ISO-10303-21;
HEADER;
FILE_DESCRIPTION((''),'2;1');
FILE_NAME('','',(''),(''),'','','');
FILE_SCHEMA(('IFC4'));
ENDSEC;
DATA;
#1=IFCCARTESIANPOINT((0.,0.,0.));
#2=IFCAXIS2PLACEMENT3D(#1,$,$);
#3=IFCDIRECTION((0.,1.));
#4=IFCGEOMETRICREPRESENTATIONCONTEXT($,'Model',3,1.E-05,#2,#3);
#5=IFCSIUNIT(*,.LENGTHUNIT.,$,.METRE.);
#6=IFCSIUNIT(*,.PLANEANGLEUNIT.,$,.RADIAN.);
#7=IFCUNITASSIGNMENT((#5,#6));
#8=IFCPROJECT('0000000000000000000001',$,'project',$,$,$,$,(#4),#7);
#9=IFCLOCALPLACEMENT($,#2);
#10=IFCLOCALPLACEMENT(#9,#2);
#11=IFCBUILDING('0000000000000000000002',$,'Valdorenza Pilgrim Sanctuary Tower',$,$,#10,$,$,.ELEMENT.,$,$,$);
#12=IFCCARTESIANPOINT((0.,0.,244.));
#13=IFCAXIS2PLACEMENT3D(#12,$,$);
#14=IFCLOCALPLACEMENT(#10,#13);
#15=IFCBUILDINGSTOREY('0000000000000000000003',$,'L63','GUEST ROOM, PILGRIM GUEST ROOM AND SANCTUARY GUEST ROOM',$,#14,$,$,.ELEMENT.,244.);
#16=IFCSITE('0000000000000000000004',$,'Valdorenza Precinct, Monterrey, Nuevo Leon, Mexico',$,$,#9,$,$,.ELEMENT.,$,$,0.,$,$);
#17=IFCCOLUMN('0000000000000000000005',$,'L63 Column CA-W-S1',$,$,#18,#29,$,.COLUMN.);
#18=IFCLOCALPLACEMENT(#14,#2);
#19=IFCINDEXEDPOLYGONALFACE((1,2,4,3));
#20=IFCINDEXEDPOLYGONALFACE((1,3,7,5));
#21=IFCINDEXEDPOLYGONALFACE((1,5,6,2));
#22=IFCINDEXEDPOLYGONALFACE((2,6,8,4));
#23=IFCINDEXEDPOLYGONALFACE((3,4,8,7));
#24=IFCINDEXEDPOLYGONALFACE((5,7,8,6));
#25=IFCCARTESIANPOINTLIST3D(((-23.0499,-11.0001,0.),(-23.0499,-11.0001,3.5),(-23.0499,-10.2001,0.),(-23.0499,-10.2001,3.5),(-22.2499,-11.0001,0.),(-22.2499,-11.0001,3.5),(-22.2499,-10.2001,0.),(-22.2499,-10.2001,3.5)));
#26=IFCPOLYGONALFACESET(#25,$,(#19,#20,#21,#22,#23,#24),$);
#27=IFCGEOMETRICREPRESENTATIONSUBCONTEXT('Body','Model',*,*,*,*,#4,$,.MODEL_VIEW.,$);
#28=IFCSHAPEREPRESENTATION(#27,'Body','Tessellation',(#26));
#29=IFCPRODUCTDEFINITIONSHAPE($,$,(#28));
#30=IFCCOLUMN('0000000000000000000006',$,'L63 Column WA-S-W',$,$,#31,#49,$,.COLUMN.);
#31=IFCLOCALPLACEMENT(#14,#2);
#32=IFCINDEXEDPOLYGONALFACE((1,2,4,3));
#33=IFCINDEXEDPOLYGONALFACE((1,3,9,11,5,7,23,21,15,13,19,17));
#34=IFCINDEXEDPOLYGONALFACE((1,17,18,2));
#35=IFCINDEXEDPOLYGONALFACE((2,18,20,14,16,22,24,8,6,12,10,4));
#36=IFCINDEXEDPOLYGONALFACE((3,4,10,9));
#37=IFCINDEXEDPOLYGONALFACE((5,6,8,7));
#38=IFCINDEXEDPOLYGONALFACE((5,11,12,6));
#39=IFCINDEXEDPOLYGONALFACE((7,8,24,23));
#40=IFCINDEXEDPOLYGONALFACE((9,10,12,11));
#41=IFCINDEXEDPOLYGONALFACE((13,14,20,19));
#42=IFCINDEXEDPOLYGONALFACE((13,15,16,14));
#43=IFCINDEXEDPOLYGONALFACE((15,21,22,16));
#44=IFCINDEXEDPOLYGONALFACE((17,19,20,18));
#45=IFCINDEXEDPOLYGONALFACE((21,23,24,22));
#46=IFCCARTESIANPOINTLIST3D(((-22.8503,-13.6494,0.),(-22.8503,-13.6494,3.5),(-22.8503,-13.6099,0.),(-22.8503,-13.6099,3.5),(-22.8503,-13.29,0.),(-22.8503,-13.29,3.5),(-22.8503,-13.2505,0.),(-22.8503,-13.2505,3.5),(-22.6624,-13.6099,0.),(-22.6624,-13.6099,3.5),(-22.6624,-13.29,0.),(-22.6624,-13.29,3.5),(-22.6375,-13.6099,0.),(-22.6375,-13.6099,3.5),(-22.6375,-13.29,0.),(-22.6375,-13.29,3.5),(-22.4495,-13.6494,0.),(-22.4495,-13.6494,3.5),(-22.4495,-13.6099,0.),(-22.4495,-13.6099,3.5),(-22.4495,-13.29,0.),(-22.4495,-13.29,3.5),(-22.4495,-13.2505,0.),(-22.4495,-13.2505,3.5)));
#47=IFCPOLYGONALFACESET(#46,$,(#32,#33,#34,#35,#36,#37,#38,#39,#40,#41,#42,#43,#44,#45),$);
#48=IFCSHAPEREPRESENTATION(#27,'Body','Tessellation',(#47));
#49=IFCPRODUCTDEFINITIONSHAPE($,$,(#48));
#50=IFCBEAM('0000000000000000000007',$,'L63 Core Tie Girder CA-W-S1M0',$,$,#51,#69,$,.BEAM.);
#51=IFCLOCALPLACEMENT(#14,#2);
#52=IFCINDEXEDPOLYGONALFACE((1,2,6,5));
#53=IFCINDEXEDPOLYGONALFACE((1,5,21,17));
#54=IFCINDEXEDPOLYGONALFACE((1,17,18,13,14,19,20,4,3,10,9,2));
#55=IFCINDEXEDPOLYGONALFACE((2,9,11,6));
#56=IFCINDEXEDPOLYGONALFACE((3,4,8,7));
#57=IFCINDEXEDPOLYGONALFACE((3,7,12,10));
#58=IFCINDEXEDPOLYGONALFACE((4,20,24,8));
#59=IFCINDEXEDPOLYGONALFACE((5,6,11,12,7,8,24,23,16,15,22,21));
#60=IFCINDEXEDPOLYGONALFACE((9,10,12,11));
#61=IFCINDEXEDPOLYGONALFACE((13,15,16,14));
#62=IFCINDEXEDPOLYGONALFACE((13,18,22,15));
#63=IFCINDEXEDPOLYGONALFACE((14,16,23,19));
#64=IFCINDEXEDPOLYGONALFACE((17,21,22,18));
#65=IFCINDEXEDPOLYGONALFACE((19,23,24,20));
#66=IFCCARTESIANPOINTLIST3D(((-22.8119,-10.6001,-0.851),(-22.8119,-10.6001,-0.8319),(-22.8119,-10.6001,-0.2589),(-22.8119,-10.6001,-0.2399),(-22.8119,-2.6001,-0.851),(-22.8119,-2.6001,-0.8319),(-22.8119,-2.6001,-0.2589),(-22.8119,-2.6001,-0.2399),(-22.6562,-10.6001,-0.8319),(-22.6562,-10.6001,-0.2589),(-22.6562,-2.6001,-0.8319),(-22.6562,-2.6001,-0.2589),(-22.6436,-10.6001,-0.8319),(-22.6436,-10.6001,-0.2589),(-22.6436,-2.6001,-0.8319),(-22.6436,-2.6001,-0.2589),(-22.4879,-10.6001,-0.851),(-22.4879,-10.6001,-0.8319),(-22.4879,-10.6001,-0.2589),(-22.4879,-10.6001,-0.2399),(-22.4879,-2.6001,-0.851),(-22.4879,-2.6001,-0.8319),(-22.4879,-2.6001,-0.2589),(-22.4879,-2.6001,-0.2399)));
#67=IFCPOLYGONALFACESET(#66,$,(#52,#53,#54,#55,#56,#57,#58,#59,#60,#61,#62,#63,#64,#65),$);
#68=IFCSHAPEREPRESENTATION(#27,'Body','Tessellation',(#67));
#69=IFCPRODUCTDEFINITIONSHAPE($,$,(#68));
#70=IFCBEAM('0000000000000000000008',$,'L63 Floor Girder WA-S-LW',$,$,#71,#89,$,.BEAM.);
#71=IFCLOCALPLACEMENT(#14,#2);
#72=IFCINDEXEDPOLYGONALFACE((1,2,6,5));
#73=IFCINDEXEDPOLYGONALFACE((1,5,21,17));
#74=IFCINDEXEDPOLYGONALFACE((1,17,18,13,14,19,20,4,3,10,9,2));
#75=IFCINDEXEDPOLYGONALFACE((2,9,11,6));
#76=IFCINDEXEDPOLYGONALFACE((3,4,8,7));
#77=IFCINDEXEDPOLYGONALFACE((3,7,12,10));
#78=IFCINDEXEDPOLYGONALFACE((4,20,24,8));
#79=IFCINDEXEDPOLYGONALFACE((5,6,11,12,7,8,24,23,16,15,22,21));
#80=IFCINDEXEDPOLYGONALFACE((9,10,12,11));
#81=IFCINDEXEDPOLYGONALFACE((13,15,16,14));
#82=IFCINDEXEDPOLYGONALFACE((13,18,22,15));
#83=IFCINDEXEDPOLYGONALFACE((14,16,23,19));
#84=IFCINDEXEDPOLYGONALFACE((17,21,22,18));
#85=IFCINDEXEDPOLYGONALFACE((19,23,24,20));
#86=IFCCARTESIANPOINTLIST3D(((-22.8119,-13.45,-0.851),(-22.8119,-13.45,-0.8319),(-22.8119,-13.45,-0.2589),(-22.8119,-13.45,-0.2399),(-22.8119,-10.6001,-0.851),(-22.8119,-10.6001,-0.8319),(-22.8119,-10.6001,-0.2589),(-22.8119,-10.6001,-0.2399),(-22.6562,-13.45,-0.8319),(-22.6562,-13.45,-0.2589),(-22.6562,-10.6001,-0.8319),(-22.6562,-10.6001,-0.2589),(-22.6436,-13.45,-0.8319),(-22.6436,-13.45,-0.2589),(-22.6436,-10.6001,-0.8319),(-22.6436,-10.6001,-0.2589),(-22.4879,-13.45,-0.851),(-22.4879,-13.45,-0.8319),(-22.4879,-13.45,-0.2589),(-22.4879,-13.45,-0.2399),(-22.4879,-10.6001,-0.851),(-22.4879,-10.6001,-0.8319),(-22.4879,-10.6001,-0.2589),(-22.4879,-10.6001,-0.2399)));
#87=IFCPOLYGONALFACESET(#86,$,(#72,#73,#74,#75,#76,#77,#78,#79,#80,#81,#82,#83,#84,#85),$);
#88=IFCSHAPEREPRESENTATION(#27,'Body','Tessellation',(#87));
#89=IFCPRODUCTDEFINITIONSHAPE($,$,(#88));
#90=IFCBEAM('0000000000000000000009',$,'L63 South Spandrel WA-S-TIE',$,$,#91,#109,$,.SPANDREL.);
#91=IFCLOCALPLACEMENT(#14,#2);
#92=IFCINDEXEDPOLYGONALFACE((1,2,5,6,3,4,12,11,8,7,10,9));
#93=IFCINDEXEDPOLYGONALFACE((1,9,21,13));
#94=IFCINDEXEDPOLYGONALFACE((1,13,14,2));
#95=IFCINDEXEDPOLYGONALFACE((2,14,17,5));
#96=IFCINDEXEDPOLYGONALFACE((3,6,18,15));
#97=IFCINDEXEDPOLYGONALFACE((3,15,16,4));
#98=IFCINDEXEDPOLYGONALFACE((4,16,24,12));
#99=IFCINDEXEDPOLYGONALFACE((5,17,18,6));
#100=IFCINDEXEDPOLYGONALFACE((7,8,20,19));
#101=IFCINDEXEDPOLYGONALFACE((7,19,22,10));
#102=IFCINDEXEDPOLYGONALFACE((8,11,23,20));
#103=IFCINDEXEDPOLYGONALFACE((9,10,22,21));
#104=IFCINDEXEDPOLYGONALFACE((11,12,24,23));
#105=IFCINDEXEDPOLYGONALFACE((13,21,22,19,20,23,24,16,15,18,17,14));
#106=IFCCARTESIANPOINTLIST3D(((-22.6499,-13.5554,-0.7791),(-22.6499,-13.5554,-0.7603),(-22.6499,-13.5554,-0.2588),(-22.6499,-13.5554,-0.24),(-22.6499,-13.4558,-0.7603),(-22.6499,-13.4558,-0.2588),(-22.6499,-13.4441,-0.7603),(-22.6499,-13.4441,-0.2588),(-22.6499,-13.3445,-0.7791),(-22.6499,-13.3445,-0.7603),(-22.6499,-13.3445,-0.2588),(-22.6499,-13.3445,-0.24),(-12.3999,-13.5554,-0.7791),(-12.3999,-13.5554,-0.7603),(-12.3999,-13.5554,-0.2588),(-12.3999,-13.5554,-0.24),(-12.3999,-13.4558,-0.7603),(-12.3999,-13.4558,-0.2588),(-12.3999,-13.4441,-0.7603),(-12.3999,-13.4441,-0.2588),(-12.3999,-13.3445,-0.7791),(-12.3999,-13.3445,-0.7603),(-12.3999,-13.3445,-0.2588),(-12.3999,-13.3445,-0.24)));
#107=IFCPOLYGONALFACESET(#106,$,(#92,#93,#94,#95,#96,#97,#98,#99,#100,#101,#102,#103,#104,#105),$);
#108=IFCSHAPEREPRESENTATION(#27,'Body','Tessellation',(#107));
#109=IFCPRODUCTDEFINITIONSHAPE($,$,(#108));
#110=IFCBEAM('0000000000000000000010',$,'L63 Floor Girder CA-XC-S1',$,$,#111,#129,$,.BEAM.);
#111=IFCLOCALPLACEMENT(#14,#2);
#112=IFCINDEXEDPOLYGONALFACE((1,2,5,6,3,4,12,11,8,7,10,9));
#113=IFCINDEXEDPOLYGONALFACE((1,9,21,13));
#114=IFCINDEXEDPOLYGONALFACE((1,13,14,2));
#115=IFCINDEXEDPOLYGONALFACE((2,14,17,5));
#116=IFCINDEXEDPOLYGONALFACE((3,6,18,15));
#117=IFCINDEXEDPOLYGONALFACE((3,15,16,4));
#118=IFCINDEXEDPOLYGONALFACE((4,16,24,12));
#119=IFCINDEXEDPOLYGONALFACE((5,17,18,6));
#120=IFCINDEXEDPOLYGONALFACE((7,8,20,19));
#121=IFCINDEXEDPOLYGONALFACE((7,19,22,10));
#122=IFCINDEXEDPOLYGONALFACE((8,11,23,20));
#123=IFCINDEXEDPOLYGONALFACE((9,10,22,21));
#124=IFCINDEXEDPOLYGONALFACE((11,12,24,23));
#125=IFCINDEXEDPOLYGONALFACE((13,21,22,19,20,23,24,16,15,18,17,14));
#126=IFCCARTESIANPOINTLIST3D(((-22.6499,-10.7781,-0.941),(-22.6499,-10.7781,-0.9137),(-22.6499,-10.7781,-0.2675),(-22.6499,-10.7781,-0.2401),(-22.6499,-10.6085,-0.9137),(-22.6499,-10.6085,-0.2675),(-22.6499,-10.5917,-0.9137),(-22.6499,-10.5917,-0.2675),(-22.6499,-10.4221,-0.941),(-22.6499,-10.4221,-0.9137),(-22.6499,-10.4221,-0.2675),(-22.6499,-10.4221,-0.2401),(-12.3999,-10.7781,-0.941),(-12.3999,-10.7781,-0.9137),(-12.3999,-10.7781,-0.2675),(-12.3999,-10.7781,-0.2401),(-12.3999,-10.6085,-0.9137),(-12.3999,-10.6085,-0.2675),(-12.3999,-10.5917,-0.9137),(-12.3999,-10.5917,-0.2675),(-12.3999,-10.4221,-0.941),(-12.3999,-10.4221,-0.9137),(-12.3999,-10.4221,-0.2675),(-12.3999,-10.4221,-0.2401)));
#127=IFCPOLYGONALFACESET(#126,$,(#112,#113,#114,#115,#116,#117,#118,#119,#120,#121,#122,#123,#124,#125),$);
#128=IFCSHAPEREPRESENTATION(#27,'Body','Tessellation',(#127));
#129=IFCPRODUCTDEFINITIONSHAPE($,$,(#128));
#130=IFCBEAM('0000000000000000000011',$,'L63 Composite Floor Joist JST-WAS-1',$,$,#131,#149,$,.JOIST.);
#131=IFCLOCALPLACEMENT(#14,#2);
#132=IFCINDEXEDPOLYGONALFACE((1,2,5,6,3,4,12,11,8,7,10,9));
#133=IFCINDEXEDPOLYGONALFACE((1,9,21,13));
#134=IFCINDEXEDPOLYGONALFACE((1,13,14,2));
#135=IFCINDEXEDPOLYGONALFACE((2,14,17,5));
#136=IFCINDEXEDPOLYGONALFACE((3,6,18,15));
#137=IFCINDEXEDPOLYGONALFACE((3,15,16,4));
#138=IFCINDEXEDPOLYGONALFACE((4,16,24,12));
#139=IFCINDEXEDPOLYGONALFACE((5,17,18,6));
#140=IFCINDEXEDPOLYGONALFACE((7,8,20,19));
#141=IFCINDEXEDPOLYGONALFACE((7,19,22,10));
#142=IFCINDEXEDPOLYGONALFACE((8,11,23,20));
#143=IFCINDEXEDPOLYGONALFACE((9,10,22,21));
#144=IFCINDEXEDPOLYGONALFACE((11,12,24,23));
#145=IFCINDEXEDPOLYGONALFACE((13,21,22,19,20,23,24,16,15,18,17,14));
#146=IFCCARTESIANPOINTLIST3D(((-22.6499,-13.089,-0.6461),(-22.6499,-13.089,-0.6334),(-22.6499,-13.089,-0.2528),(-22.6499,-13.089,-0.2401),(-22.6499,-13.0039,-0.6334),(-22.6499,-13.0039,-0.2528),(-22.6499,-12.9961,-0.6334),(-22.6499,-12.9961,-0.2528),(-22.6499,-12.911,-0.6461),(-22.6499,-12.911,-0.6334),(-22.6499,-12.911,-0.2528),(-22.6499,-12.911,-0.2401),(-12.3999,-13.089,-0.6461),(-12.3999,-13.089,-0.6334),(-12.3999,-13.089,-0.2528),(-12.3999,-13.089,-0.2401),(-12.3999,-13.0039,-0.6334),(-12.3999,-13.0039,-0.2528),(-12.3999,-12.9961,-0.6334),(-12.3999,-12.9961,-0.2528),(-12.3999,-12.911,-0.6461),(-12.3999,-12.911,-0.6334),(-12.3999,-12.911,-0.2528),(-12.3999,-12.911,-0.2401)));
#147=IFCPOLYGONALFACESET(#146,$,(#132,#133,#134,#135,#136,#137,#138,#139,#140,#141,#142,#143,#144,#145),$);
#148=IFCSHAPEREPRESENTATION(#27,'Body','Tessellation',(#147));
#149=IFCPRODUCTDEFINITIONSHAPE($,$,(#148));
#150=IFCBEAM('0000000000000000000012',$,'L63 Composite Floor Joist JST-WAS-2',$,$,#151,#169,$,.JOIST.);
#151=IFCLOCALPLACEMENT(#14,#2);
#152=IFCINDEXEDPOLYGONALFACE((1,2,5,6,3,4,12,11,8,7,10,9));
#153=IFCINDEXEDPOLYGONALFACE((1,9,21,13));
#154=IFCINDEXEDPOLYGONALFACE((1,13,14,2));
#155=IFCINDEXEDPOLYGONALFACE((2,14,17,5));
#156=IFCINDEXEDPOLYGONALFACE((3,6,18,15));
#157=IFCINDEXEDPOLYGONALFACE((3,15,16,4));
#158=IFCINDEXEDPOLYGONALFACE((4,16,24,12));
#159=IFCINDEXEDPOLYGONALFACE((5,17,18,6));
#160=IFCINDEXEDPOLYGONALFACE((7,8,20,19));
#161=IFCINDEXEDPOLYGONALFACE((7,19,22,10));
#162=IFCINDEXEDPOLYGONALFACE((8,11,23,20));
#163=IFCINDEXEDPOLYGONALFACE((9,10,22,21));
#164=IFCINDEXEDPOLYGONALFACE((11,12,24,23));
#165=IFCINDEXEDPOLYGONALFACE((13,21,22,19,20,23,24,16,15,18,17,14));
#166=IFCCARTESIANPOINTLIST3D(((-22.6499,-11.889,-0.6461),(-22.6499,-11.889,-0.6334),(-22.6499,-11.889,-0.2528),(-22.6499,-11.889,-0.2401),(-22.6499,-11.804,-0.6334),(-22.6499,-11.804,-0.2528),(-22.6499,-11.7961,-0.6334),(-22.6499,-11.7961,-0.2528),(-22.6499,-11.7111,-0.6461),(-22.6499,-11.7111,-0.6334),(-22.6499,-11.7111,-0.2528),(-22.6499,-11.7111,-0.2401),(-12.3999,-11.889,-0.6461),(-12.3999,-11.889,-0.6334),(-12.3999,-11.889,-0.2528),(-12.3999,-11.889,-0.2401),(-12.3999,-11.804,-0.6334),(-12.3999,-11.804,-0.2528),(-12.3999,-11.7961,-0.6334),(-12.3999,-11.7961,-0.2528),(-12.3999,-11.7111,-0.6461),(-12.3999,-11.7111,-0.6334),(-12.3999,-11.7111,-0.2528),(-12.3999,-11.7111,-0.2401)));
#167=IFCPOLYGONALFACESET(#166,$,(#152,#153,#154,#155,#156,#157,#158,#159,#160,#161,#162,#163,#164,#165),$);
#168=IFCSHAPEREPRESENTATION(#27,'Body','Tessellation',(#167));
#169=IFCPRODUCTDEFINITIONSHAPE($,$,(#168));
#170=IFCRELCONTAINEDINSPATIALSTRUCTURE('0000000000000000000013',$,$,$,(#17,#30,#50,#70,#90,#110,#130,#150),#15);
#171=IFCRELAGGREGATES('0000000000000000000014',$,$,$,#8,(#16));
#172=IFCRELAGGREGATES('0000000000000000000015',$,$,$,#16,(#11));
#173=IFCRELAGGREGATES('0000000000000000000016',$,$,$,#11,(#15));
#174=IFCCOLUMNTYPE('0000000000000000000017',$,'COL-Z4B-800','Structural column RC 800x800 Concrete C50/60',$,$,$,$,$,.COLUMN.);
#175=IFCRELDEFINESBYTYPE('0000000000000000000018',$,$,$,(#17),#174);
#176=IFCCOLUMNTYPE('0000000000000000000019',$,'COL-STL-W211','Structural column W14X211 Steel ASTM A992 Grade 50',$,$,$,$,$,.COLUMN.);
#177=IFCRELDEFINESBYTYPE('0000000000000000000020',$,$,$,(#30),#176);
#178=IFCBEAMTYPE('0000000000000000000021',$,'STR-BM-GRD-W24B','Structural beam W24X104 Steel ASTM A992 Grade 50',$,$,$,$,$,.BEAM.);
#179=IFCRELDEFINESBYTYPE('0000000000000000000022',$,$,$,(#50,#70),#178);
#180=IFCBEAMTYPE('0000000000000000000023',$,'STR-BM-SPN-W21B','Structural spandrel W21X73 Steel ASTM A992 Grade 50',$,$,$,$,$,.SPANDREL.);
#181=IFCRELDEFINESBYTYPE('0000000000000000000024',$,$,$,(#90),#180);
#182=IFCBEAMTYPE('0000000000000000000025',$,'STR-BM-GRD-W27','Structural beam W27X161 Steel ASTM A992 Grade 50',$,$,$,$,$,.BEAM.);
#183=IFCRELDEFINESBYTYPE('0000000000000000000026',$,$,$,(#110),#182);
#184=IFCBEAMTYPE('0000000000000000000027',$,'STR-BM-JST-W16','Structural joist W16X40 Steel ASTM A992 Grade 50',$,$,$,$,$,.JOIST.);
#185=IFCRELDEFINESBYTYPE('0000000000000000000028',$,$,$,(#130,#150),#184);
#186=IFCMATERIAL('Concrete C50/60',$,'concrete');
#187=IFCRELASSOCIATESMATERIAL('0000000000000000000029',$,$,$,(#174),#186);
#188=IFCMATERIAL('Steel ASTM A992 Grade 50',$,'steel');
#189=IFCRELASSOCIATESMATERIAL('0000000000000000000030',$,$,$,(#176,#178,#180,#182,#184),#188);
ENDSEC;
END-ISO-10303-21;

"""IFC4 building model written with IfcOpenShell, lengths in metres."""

from ifc_helpers import new_model, si_unit, direction, frame, origin, origin_2d, place, context, subcontext, project, spatial, rectangle, i_section, extrude, source, transform, mapped, material, material_profile, profile_set, type_object, element, save


model = new_model("IFC4")

# Units and contexts
model_context = context("Model", 3, precision=1e-05, world=origin(), true_north=direction((0.0, 1.0)))
body_context = subcontext(model_context, "Body", "Model", "MODEL_VIEW")
ifc_project = project(units=[si_unit("LENGTHUNIT", "METRE"), si_unit("PLANEANGLEUNIT", "RADIAN")], contexts=[model_context])

# Site, building, storey
site_placement = place(None, origin())
site = spatial("IfcSite", under=ifc_project, at=site_placement, Name="Valdorenza Precinct, Monterrey, Nuevo Leon, Mexico", CompositionType="ELEMENT", RefElevation=0.0)
building_placement = place(site_placement, origin())
building = spatial("IfcBuilding", under=site, at=building_placement, Name="Valdorenza Pilgrim Sanctuary Tower", CompositionType="ELEMENT")
storey_placement = place(building_placement, frame((0.0, 0.0, 244.0)))
storey = spatial("IfcBuildingStorey", under=building, at=storey_placement, Name="L63", Description="GUEST ROOM, PILGRIM GUEST ROOM AND SANCTUARY GUEST ROOM", CompositionType="ELEMENT", Elevation=244.0)

# Columns
ifc_material_1 = material(Name="Concrete C50/60", Category="concrete")
ifc_material_profile_1 = material_profile(ifc_material_1, rectangle(XDim=0.8, YDim=0.8, at=origin_2d()), Name="RC 800x800")
ifc_profile_set_1 = profile_set([ifc_material_profile_1], Name="Concrete C50/60")
column_type_1 = type_object("IfcColumnType", Name="COL-Z4B-800", Description="Structural column RC 800x800 Concrete C50/60", PredefinedType="COLUMN", material=ifc_profile_set_1)
shared_shape_1 = source(origin(), body_context, "Body", "SweptSolid", [
    extrude(rectangle(XDim=0.8, YDim=0.8, at=origin_2d()), origin(), (0.0, 0.0, 1.0), 3.5),
])
column_1_placement = place(storey_placement, frame((-22.6499, -10.6001, 0.0), z_axis=(0.0, 0.0, 1.0), x_axis=(1.0, 0.0, 0.0)))
element("IfcColumn", 1, at=column_1_placement, inside=storey, type_object=column_type_1, Name="L63 Column CA-W-S1", PredefinedType="COLUMN", context=body_context, shape_type="MappedRepresentation", body=[
    mapped(shared_shape_1, transform((0.0, 0.0, 0.0), x_axis=(1.0, 0.0, 0.0), y_axis=(0.0, 1.0, 0.0), z_axis=(0.0, 0.0, 1.0), scale=1.0)),
])
ifc_material_2 = material(Name="Steel ASTM A992 Grade 50", Category="steel")
ifc_material_profile_2 = material_profile(ifc_material_2, i_section(OverallWidth=0.4009, OverallDepth=0.3989, WebThickness=0.0249, FlangeThickness=0.0396, at=origin_2d()), Name="W14X211")
ifc_profile_set_2 = profile_set([ifc_material_profile_2], Name="Steel ASTM A992 Grade 50")
column_type_2 = type_object("IfcColumnType", Name="COL-STL-W211", Description="Structural column W14X211 Steel ASTM A992 Grade 50", PredefinedType="COLUMN", material=ifc_profile_set_2)
shared_shape_2 = source(origin(), body_context, "Body", "SweptSolid", [
    extrude(i_section(OverallWidth=0.4009, OverallDepth=0.3989, WebThickness=0.0249, FlangeThickness=0.0396, at=origin_2d()), origin(), (0.0, 0.0, 1.0), 3.5),
])
column_2_placement = place(storey_placement, frame((-22.6499, -13.45, 0.0), z_axis=(0.0, 0.0, 1.0), x_axis=(1.0, 0.0, 0.0)))
element("IfcColumn", 2, at=column_2_placement, inside=storey, type_object=column_type_2, Name="L63 Column WA-S-W", PredefinedType="COLUMN", context=body_context, shape_type="MappedRepresentation", body=[
    mapped(shared_shape_2, transform((0.0, 0.0, 0.0), x_axis=(1.0, 0.0, 0.0), y_axis=(0.0, 1.0, 0.0), z_axis=(0.0, 0.0, 1.0), scale=1.0)),
])

# Beams
ifc_material_profile_3 = material_profile(ifc_material_2, i_section(OverallWidth=0.324, OverallDepth=0.6111, WebThickness=0.0127, FlangeThickness=0.019, at=origin_2d()), Name="W24X104")
ifc_profile_set_3 = profile_set([ifc_material_profile_3], Name="Steel ASTM A992 Grade 50")
beam_type_1 = type_object("IfcBeamType", Name="STR-BM-GRD-W24B", Description="Structural beam W24X104 Steel ASTM A992 Grade 50", PredefinedType="BEAM", material=ifc_profile_set_3)
shared_shape_3 = source(origin(), body_context, "Body", "SweptSolid", [
    extrude(i_section(OverallWidth=0.324, OverallDepth=0.6111, WebThickness=0.0127, FlangeThickness=0.019, at=origin_2d()), origin(), (0.0, 0.0, 1.0), 8.0),
])
beam_1_placement = place(storey_placement, frame((-22.6499, -10.6001, -0.5454), z_axis=(0.0, 1.0, 0.0), x_axis=(-1.0, 0.0, 0.0)))
element("IfcBeam", 3, at=beam_1_placement, inside=storey, type_object=beam_type_1, Name="L63 Core Tie Girder CA-W-S1M0", PredefinedType="BEAM", context=body_context, shape_type="MappedRepresentation", body=[
    mapped(shared_shape_3, transform((0.0, 0.0, 0.0), x_axis=(1.0, 0.0, 0.0), y_axis=(0.0, 1.0, 0.0), z_axis=(0.0, 0.0, 1.0), scale=1.0)),
])
shared_shape_4 = source(origin(), body_context, "Body", "SweptSolid", [
    extrude(i_section(OverallWidth=0.324, OverallDepth=0.6111, WebThickness=0.0127, FlangeThickness=0.019, at=origin_2d()), origin(), (0.0, 0.0, 1.0), 2.8499),
])
beam_2_placement = place(storey_placement, frame((-22.6499, -13.45, -0.5454), z_axis=(0.0, 1.0, 0.0), x_axis=(-1.0, 0.0, 0.0)))
element("IfcBeam", 4, at=beam_2_placement, inside=storey, type_object=beam_type_1, Name="L63 Floor Girder WA-S-LW", PredefinedType="BEAM", context=body_context, shape_type="MappedRepresentation", body=[
    mapped(shared_shape_4, transform((0.0, 0.0, 0.0), x_axis=(1.0, 0.0, 0.0), y_axis=(0.0, 1.0, 0.0), z_axis=(0.0, 0.0, 1.0), scale=1.0)),
])
ifc_material_profile_4 = material_profile(ifc_material_2, i_section(OverallWidth=0.2109, OverallDepth=0.5391, WebThickness=0.0117, FlangeThickness=0.0188, at=origin_2d()), Name="W21X73")
ifc_profile_set_4 = profile_set([ifc_material_profile_4], Name="Steel ASTM A992 Grade 50")
beam_type_2 = type_object("IfcBeamType", Name="STR-BM-SPN-W21B", Description="Structural spandrel W21X73 Steel ASTM A992 Grade 50", PredefinedType="SPANDREL", material=ifc_profile_set_4)
shared_shape_5 = source(origin(), body_context, "Body", "SweptSolid", [
    extrude(i_section(OverallWidth=0.2109, OverallDepth=0.5391, WebThickness=0.0117, FlangeThickness=0.0188, at=origin_2d()), origin(), (0.0, 0.0, 1.0), 10.25),
])
beam_3_placement = place(storey_placement, frame((-22.6499, -13.45, -0.5095), z_axis=(1.0, 0.0, 0.0), x_axis=(0.0, 1.0, 0.0)))
element("IfcBeam", 5, at=beam_3_placement, inside=storey, type_object=beam_type_2, Name="L63 South Spandrel WA-S-TIE", PredefinedType="SPANDREL", context=body_context, shape_type="MappedRepresentation", body=[
    mapped(shared_shape_5, transform((0.0, 0.0, 0.0), x_axis=(1.0, 0.0, 0.0), y_axis=(0.0, 1.0, 0.0), z_axis=(0.0, 0.0, 1.0), scale=1.0)),
])
ifc_material_profile_5 = material_profile(ifc_material_2, i_section(OverallWidth=0.356, OverallDepth=0.7009, WebThickness=0.0168, FlangeThickness=0.0273, at=origin_2d()), Name="W27X161")
ifc_profile_set_5 = profile_set([ifc_material_profile_5], Name="Steel ASTM A992 Grade 50")
beam_type_3 = type_object("IfcBeamType", Name="STR-BM-GRD-W27", Description="Structural beam W27X161 Steel ASTM A992 Grade 50", PredefinedType="BEAM", material=ifc_profile_set_5)
shared_shape_6 = source(origin(), body_context, "Body", "SweptSolid", [
    extrude(i_section(OverallWidth=0.356, OverallDepth=0.7009, WebThickness=0.0168, FlangeThickness=0.0273, at=origin_2d()), origin(), (0.0, 0.0, 1.0), 10.25),
])
beam_4_placement = place(storey_placement, frame((-22.6499, -10.6001, -0.5906), z_axis=(1.0, 0.0, 0.0), x_axis=(0.0, 1.0, 0.0)))
element("IfcBeam", 6, at=beam_4_placement, inside=storey, type_object=beam_type_3, Name="L63 Floor Girder CA-XC-S1", PredefinedType="BEAM", context=body_context, shape_type="MappedRepresentation", body=[
    mapped(shared_shape_6, transform((0.0, 0.0, 0.0), x_axis=(1.0, 0.0, 0.0), y_axis=(0.0, 1.0, 0.0), z_axis=(0.0, 0.0, 1.0), scale=1.0)),
])
ifc_material_profile_6 = material_profile(ifc_material_2, i_section(OverallWidth=0.178, OverallDepth=0.406, WebThickness=0.0078, FlangeThickness=0.0127, at=origin_2d()), Name="W16X40")
ifc_profile_set_6 = profile_set([ifc_material_profile_6], Name="Steel ASTM A992 Grade 50")
beam_type_4 = type_object("IfcBeamType", Name="STR-BM-JST-W16", Description="Structural joist W16X40 Steel ASTM A992 Grade 50", PredefinedType="JOIST", material=ifc_profile_set_6)
shared_shape_7 = source(origin(), body_context, "Body", "SweptSolid", [
    extrude(i_section(OverallWidth=0.178, OverallDepth=0.406, WebThickness=0.0078, FlangeThickness=0.0127, at=origin_2d()), origin(), (0.0, 0.0, 1.0), 10.25),
])
for number, where, z_axis, x_axis, name in (
    (7, (-22.6499, -13.0, -0.4431), (1.0, 0.0, 0.0), (0.0, 1.0, 0.0), "L63 Composite Floor Joist JST-WAS-1"),
    (8, (-22.6499, -11.8, -0.4431), (1.0, 0.0, 0.0), (0.0, 1.0, 0.0), "L63 Composite Floor Joist JST-WAS-2"),
):
    element("IfcBeam", number, at=place(storey_placement, frame(where, z_axis=z_axis, x_axis=x_axis)), inside=storey, type_object=beam_type_4, Name=name, PredefinedType="JOIST", context=body_context, shape_type="MappedRepresentation", body=[
        mapped(shared_shape_7, transform((0.0, 0.0, 0.0), x_axis=(1.0, 0.0, 0.0), y_axis=(0.0, 1.0, 0.0), z_axis=(0.0, 0.0, 1.0), scale=1.0)),
    ])

save(model, "model.ifc")
